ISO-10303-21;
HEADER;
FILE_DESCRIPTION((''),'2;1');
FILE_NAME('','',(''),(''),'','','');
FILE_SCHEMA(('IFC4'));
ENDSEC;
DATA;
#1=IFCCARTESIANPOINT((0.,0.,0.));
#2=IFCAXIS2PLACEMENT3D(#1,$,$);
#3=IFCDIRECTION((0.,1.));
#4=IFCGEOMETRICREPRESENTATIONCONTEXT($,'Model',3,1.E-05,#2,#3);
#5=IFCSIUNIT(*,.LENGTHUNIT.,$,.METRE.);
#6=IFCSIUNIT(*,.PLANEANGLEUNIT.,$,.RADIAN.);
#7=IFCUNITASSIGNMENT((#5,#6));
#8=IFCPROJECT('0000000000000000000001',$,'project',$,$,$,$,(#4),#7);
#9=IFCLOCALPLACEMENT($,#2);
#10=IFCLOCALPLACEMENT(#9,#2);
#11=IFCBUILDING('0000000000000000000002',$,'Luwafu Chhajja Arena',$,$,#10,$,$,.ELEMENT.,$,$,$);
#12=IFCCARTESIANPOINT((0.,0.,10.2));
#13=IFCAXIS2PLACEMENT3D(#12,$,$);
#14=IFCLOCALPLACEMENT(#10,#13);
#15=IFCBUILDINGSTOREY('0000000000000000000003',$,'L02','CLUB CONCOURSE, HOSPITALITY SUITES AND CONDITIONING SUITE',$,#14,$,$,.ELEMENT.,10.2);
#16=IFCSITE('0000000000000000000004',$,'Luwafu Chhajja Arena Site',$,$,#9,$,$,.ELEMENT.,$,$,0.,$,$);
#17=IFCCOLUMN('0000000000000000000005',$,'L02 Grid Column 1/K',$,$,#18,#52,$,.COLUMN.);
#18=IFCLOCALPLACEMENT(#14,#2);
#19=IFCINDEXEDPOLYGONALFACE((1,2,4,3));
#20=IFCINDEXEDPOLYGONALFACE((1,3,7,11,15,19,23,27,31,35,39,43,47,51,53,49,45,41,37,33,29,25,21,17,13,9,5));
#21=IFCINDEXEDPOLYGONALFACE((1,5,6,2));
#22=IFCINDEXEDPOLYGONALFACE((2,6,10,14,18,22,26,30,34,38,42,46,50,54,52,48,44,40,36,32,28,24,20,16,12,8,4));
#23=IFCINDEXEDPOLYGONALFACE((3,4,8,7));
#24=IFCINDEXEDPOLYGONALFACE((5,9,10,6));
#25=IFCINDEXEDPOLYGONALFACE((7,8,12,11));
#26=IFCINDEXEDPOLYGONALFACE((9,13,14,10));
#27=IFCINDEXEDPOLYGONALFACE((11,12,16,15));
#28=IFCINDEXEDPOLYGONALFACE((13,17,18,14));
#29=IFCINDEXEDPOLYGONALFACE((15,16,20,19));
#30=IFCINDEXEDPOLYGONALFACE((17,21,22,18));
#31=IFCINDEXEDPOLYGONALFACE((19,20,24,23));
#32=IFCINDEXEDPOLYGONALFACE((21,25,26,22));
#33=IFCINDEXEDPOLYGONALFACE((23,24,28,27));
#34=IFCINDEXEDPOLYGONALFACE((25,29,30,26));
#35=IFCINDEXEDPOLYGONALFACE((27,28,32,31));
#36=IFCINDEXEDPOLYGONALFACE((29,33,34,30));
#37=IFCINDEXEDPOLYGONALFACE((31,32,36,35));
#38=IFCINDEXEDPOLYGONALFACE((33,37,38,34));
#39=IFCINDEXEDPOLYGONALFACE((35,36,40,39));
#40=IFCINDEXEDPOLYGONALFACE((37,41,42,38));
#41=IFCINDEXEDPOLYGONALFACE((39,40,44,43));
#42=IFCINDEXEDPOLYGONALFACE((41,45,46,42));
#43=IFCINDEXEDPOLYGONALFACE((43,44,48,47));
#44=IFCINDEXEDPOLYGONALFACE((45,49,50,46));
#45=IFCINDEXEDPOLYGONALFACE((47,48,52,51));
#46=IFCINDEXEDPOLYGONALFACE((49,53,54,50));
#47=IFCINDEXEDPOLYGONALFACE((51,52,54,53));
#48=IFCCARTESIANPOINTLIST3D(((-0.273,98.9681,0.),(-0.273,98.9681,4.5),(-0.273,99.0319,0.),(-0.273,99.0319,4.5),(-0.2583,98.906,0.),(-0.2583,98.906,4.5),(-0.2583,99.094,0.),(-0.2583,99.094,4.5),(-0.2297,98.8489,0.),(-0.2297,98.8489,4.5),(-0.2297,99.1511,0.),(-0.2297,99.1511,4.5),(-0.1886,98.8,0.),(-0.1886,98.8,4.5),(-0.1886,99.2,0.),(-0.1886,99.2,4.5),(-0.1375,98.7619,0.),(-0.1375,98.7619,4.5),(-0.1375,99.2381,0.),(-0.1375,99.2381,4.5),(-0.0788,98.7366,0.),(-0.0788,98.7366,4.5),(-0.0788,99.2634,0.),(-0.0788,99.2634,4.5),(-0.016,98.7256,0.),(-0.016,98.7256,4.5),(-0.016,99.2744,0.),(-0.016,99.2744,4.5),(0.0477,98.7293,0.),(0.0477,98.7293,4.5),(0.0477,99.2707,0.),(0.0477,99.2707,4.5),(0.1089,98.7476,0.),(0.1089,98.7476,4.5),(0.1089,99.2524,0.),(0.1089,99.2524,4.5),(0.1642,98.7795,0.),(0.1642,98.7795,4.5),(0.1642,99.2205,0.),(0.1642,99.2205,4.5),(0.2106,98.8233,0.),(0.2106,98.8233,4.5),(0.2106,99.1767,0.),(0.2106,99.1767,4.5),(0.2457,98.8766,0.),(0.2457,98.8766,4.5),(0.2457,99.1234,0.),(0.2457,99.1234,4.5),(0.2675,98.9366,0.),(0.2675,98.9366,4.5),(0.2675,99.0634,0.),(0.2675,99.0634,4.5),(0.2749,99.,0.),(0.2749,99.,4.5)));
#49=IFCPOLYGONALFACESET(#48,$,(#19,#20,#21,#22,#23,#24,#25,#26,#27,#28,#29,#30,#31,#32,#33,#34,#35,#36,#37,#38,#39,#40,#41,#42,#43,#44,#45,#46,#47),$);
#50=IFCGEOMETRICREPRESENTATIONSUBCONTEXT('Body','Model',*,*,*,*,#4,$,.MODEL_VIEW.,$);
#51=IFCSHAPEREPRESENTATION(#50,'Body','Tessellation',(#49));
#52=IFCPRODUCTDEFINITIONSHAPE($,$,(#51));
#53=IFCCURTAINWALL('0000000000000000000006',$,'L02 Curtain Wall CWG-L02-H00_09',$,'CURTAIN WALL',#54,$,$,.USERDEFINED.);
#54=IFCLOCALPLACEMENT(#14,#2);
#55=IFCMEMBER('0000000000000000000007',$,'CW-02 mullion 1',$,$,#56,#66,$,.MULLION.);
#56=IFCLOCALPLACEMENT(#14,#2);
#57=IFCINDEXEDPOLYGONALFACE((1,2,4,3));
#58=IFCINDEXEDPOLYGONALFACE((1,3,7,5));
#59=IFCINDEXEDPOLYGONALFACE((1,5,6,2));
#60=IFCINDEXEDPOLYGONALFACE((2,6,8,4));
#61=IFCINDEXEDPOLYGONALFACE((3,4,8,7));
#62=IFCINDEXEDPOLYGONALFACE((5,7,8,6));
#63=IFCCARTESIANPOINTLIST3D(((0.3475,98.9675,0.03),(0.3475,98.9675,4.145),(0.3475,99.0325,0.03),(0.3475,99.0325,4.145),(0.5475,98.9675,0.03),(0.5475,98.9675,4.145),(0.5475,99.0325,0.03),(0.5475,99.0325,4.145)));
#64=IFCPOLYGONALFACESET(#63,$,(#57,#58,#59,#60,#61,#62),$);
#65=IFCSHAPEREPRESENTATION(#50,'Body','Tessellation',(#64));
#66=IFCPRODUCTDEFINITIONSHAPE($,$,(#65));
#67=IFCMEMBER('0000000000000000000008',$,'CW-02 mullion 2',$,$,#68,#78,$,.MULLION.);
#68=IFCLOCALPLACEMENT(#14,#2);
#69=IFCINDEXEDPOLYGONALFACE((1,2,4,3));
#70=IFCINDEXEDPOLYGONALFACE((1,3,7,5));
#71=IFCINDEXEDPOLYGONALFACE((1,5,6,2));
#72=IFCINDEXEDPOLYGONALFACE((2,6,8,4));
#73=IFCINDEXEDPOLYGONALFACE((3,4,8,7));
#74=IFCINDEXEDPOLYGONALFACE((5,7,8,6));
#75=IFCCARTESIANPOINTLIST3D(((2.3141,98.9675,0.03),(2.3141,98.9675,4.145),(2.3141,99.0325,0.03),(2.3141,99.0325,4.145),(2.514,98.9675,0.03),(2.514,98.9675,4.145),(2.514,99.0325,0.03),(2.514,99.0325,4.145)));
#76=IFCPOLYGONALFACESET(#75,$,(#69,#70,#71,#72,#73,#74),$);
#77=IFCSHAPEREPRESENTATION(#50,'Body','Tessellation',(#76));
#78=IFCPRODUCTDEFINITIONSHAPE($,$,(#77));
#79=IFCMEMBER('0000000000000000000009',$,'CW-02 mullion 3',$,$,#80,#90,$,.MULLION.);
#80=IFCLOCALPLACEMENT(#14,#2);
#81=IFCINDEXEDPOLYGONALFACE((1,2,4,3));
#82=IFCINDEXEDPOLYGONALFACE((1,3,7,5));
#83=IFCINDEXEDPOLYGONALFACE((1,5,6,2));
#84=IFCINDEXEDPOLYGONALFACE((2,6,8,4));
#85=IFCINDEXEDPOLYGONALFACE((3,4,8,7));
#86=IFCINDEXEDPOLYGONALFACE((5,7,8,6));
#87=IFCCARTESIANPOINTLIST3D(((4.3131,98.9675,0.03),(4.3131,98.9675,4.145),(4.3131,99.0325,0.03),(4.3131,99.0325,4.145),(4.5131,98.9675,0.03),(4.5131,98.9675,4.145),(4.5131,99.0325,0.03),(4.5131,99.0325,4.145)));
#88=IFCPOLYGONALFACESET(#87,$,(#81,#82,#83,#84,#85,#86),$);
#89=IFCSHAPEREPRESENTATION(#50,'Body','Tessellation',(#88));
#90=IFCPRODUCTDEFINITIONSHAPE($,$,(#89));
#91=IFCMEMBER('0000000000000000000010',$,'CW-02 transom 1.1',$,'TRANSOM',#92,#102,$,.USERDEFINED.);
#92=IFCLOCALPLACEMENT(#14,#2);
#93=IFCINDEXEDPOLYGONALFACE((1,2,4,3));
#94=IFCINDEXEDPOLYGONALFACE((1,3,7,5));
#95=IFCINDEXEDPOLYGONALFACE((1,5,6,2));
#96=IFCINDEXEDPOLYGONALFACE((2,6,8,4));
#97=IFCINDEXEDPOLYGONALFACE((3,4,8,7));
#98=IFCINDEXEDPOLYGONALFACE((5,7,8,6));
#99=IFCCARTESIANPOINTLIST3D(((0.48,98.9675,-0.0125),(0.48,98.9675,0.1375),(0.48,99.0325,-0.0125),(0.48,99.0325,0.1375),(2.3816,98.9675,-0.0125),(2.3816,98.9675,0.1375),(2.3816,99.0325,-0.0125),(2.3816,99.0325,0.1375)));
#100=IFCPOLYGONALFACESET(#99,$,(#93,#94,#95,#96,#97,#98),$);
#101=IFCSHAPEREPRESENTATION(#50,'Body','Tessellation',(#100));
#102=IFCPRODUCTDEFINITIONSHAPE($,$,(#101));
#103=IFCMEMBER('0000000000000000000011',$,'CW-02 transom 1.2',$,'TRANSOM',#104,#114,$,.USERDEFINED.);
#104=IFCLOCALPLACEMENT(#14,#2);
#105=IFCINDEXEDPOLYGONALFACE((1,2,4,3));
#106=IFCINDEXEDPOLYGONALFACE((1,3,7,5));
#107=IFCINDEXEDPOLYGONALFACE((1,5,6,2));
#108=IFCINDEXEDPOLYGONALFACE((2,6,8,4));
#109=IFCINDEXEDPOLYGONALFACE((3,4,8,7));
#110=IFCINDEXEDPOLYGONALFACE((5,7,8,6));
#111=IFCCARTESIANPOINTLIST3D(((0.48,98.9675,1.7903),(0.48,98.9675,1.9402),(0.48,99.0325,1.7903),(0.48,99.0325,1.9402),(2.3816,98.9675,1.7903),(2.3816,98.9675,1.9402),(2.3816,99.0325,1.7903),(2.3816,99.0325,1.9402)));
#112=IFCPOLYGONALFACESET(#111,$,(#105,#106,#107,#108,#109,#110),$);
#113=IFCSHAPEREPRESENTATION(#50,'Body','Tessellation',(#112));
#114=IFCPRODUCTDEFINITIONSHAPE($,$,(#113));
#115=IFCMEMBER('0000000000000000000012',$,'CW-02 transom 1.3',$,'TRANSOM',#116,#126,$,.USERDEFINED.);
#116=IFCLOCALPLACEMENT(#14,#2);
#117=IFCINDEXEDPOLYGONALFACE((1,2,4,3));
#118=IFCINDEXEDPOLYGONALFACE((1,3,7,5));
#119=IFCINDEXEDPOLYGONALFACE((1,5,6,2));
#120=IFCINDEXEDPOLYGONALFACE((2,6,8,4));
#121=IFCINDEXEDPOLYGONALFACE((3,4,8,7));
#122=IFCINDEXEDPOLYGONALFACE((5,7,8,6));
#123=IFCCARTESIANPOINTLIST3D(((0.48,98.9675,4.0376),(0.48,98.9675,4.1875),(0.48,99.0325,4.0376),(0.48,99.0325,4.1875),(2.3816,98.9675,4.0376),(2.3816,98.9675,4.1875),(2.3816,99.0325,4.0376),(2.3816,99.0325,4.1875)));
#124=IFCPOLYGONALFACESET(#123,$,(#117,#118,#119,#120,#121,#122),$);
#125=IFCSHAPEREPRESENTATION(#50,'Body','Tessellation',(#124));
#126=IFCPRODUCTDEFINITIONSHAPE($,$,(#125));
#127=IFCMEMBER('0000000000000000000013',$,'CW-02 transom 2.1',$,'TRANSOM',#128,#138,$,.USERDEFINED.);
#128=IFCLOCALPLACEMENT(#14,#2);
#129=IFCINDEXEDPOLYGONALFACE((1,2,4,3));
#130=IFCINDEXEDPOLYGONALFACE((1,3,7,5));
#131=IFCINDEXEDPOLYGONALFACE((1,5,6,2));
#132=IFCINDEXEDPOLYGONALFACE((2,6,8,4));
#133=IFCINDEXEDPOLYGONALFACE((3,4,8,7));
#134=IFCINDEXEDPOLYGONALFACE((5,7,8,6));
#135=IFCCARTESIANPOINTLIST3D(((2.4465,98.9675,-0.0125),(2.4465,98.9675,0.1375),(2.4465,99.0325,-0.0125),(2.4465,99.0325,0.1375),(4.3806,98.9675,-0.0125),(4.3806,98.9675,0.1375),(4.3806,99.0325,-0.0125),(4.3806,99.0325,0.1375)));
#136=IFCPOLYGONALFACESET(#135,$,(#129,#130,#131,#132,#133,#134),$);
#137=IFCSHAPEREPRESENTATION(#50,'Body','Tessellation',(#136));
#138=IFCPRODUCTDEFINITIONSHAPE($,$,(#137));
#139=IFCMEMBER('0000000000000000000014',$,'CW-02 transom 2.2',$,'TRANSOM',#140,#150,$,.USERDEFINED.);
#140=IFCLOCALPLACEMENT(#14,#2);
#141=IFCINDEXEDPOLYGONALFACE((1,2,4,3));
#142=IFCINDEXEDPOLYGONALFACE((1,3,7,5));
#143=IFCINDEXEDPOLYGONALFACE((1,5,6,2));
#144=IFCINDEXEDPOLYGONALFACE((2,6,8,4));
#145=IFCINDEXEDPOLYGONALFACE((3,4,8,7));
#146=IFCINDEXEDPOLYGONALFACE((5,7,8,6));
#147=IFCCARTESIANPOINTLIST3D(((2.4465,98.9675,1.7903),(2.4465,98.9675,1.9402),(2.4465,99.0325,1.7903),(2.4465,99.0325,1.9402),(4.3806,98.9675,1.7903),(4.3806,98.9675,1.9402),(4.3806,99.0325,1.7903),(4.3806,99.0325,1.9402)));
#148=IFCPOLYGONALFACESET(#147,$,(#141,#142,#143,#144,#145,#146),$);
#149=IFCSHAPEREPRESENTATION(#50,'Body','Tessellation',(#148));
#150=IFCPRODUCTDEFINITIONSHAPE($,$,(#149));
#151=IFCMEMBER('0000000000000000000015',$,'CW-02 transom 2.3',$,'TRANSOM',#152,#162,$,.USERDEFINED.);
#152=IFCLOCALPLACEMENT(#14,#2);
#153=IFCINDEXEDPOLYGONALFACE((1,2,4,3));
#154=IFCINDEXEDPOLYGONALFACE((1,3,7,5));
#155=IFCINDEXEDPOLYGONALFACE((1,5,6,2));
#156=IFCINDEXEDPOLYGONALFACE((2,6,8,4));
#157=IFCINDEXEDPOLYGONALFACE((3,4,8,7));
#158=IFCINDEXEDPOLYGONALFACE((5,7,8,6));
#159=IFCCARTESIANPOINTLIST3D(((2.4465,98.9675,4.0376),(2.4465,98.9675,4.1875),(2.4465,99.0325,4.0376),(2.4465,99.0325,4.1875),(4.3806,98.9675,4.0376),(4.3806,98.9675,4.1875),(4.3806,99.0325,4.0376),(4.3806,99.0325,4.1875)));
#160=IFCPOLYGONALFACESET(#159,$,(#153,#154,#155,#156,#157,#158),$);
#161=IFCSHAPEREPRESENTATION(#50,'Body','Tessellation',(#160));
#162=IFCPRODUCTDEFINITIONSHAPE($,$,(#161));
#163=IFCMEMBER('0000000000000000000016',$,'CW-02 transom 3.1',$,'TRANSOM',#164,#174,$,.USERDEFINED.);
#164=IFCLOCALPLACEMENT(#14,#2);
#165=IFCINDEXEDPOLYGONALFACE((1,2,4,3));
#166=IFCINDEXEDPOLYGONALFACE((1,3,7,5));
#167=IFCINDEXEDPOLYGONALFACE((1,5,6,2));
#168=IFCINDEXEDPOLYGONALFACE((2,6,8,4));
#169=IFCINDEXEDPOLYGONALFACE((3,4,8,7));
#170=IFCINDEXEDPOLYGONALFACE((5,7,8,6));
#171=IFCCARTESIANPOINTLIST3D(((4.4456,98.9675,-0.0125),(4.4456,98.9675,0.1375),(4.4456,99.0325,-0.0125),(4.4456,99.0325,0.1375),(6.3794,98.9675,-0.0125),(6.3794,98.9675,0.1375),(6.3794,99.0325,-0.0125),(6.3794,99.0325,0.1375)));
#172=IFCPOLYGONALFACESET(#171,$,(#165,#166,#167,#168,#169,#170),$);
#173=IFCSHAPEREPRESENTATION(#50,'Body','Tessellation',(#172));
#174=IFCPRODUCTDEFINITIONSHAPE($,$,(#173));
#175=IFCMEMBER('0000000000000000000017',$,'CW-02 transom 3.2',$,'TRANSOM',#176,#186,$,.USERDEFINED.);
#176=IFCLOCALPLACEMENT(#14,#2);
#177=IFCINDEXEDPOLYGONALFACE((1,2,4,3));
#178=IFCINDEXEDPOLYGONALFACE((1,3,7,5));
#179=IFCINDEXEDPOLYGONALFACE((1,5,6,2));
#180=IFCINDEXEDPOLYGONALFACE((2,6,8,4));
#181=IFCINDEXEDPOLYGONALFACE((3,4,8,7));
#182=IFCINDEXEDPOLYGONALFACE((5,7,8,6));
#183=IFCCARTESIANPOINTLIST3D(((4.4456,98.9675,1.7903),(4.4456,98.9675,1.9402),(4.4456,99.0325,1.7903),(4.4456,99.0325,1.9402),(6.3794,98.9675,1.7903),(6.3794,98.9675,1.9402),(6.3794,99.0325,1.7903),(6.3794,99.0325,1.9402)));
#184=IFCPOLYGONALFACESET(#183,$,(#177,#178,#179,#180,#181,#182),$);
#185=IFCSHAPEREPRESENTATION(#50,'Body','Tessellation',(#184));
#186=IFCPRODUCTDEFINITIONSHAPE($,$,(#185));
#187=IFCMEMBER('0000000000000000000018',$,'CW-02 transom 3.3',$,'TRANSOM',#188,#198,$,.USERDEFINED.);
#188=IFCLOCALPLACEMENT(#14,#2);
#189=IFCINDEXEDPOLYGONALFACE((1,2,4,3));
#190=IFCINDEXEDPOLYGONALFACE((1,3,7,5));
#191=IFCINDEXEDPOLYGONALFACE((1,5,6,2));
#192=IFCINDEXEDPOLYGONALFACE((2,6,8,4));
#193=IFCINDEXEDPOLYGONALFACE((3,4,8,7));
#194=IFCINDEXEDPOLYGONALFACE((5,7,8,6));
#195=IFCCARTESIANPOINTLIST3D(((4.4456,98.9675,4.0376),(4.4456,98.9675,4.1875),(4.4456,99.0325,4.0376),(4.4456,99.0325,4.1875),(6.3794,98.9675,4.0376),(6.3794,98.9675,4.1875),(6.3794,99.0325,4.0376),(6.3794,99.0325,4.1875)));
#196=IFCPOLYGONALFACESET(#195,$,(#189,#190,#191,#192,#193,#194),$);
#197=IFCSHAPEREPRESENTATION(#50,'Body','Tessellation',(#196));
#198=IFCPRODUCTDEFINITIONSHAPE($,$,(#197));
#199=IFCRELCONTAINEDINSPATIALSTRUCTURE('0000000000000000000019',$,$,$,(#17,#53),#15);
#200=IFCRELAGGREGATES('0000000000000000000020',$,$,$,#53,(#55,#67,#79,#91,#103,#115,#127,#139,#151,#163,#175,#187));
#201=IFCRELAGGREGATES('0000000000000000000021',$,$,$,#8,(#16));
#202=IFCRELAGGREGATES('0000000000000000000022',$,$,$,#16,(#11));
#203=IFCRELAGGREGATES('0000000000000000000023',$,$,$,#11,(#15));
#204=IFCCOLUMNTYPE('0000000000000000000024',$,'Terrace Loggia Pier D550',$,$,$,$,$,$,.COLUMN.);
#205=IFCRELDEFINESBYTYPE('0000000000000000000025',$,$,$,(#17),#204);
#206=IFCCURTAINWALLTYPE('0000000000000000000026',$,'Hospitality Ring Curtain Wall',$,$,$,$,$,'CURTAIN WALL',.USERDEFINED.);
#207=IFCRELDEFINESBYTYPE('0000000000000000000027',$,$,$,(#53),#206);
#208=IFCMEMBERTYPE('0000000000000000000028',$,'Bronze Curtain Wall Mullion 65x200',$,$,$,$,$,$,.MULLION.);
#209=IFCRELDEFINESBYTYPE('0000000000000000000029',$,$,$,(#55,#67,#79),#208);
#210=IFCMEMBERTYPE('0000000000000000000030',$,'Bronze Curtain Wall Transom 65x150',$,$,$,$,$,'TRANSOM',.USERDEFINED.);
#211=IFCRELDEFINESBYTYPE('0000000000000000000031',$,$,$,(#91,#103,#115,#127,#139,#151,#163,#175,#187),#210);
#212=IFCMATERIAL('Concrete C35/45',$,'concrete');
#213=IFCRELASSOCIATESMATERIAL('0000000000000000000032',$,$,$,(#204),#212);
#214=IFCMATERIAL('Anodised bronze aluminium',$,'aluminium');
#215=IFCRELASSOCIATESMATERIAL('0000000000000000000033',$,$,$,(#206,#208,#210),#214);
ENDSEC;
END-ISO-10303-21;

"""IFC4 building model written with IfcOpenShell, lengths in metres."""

from ifc_helpers import new_model, si_unit, direction, frame, origin, origin_2d, place, context, subcontext, project, spatial, rectangle, circle, extrude, material, material_profile, profile_set, type_object, element, aggregate, save


model = new_model("IFC4")

# Units and contexts
model_context = context("Model", 3, precision=1e-05, world=origin(), true_north=direction((0.0, 1.0)))
body_context = subcontext(model_context, "Body", "Model", "MODEL_VIEW")
ifc_project = project(units=[si_unit("LENGTHUNIT", "METRE"), si_unit("PLANEANGLEUNIT", "RADIAN")], contexts=[model_context])

# Site, building, storey
site_placement = place(None, origin())
site = spatial("IfcSite", under=ifc_project, at=site_placement, Name="Luwafu Chhajja Arena Site", CompositionType="ELEMENT", RefElevation=0.0)
building_placement = place(site_placement, origin())
building = spatial("IfcBuilding", under=site, at=building_placement, Name="Luwafu Chhajja Arena", CompositionType="ELEMENT")
storey_placement = place(building_placement, frame((0.0, 0.0, 10.2)))
storey = spatial("IfcBuildingStorey", under=building, at=storey_placement, Name="L02", Description="CLUB CONCOURSE, HOSPITALITY SUITES AND CONDITIONING SUITE", CompositionType="ELEMENT", Elevation=10.2)

# Column
ifc_material_1 = material(Name="Concrete C35/45", Category="concrete")
ifc_material_profile_1 = material_profile(ifc_material_1, circle(Radius=0.2749, at=origin_2d()), Name="RC COL D550")
ifc_profile_set_1 = profile_set([ifc_material_profile_1], Name="Concrete C35/45")
column_type = type_object("IfcColumnType", Name="Terrace Loggia Pier D550", PredefinedType="COLUMN", material=ifc_profile_set_1)
column_placement = place(storey_placement, frame((0.0, 99.0, 0.0), z_axis=(0.0, 0.0, 1.0), x_axis=(1.0, 0.0, 0.0)))
element("IfcColumn", 1, at=column_placement, inside=storey, type_object=column_type, Name="L02 Grid Column 1/K", PredefinedType="COLUMN", context=body_context, shape_type="SweptSolid", body=[
    extrude(circle(Radius=0.2749, at=origin_2d()), origin(), (0.0, 0.0, 1.0), 4.5),
])

# Curtain wall, members
ifc_material_2 = material(Name="Anodised bronze aluminium", Category="aluminium")
curtain_wall_type = type_object("IfcCurtainWallType", Name="Hospitality Ring Curtain Wall", ElementType="CURTAIN WALL", PredefinedType="USERDEFINED", material=ifc_material_2)
curtain_wall_placement = place(storey_placement, origin())
curtain_wall = element("IfcCurtainWall", 2, at=curtain_wall_placement, inside=storey, type_object=curtain_wall_type, Name="L02 Curtain Wall CWG-L02-H00_09", ObjectType="CURTAIN WALL", PredefinedType="USERDEFINED")
ifc_material_profile_2 = material_profile(ifc_material_2, rectangle(XDim=0.0649, YDim=0.2, at=origin_2d()), Name="CWM 65x200")
ifc_profile_set_2 = profile_set([ifc_material_profile_2], Name="Anodised bronze aluminium")
member_type_1 = type_object("IfcMemberType", Name="Bronze Curtain Wall Mullion 65x200", PredefinedType="MULLION", material=ifc_profile_set_2)
member_1_placement = place(storey_placement, frame((0.4475, 99.0, 0.03), z_axis=(0.0, 0.0, 1.0), x_axis=(0.0, 1.0, 0.0)))
member_1 = element("IfcMember", 3, at=member_1_placement, type_object=member_type_1, Name="CW-02 mullion 1", PredefinedType="MULLION", context=body_context, shape_type="SweptSolid", body=[
    extrude(rectangle(XDim=0.0649, YDim=0.2, at=origin_2d()), origin(), (0.0, 0.0, 1.0), 4.115),
])
member_2_placement = place(storey_placement, frame((2.4141, 99.0, 0.03), z_axis=(0.0, 0.0, 1.0), x_axis=(0.0, 1.0, 0.0)))
member_2 = element("IfcMember", 4, at=member_2_placement, type_object=member_type_1, Name="CW-02 mullion 2", PredefinedType="MULLION", context=body_context, shape_type="SweptSolid", body=[
    extrude(rectangle(XDim=0.0649, YDim=0.2, at=origin_2d()), origin(), (0.0, 0.0, 1.0), 4.115),
])
member_3_placement = place(storey_placement, frame((4.4131, 99.0, 0.03), z_axis=(0.0, 0.0, 1.0), x_axis=(0.0, 1.0, 0.0)))
member_3 = element("IfcMember", 5, at=member_3_placement, type_object=member_type_1, Name="CW-02 mullion 3", PredefinedType="MULLION", context=body_context, shape_type="SweptSolid", body=[
    extrude(rectangle(XDim=0.0649, YDim=0.2, at=origin_2d()), origin(), (0.0, 0.0, 1.0), 4.115),
])
ifc_material_profile_3 = material_profile(ifc_material_2, rectangle(XDim=0.0649, YDim=0.1499, at=origin_2d()), Name="CWT 65x150")
ifc_profile_set_3 = profile_set([ifc_material_profile_3], Name="Anodised bronze aluminium")
member_type_2 = type_object("IfcMemberType", Name="Bronze Curtain Wall Transom 65x150", ElementType="TRANSOM", PredefinedType="USERDEFINED", material=ifc_profile_set_3)
member_4_placement = place(storey_placement, frame((0.48, 99.0, 0.0625), z_axis=(1.0, 0.0, 0.0), x_axis=(0.0, 1.0, 0.0)))
member_4 = element("IfcMember", 6, at=member_4_placement, type_object=member_type_2, Name="CW-02 transom 1.1", ObjectType="TRANSOM", PredefinedType="USERDEFINED", context=body_context, shape_type="SweptSolid", body=[
    extrude(rectangle(XDim=0.0649, YDim=0.1499, at=origin_2d()), origin(), (0.0, 0.0, 1.0), 1.9016),
])
member_5_placement = place(storey_placement, frame((0.48, 99.0, 1.8652), z_axis=(1.0, 0.0, 0.0), x_axis=(0.0, 1.0, 0.0)))
member_5 = element("IfcMember", 7, at=member_5_placement, type_object=member_type_2, Name="CW-02 transom 1.2", ObjectType="TRANSOM", PredefinedType="USERDEFINED", context=body_context, shape_type="SweptSolid", body=[
    extrude(rectangle(XDim=0.0649, YDim=0.1499, at=origin_2d()), origin(), (0.0, 0.0, 1.0), 1.9016),
])
member_6_placement = place(storey_placement, frame((0.48, 99.0, 4.1125), z_axis=(1.0, 0.0, 0.0), x_axis=(0.0, 1.0, 0.0)))
member_6 = element("IfcMember", 8, at=member_6_placement, type_object=member_type_2, Name="CW-02 transom 1.3", ObjectType="TRANSOM", PredefinedType="USERDEFINED", context=body_context, shape_type="SweptSolid", body=[
    extrude(rectangle(XDim=0.0649, YDim=0.1499, at=origin_2d()), origin(), (0.0, 0.0, 1.0), 1.9016),
])
member_7_placement = place(storey_placement, frame((2.4465, 99.0, 0.0625), z_axis=(1.0, 0.0, 0.0), x_axis=(0.0, 1.0, 0.0)))
member_7 = element("IfcMember", 9, at=member_7_placement, type_object=member_type_2, Name="CW-02 transom 2.1", ObjectType="TRANSOM", PredefinedType="USERDEFINED", context=body_context, shape_type="SweptSolid", body=[
    extrude(rectangle(XDim=0.0649, YDim=0.1499, at=origin_2d()), origin(), (0.0, 0.0, 1.0), 1.9341),
])
member_8_placement = place(storey_placement, frame((2.4465, 99.0, 1.8652), z_axis=(1.0, 0.0, 0.0), x_axis=(0.0, 1.0, 0.0)))
member_8 = element("IfcMember", 10, at=member_8_placement, type_object=member_type_2, Name="CW-02 transom 2.2", ObjectType="TRANSOM", PredefinedType="USERDEFINED", context=body_context, shape_type="SweptSolid", body=[
    extrude(rectangle(XDim=0.0649, YDim=0.1499, at=origin_2d()), origin(), (0.0, 0.0, 1.0), 1.9341),
])
member_9_placement = place(storey_placement, frame((2.4465, 99.0, 4.1125), z_axis=(1.0, 0.0, 0.0), x_axis=(0.0, 1.0, 0.0)))
member_9 = element("IfcMember", 11, at=member_9_placement, type_object=member_type_2, Name="CW-02 transom 2.3", ObjectType="TRANSOM", PredefinedType="USERDEFINED", context=body_context, shape_type="SweptSolid", body=[
    extrude(rectangle(XDim=0.0649, YDim=0.1499, at=origin_2d()), origin(), (0.0, 0.0, 1.0), 1.9341),
])
member_10_placement = place(storey_placement, frame((4.4456, 99.0, 0.0625), z_axis=(1.0, 0.0, 0.0), x_axis=(0.0, 1.0, 0.0)))
member_10 = element("IfcMember", 12, at=member_10_placement, type_object=member_type_2, Name="CW-02 transom 3.1", ObjectType="TRANSOM", PredefinedType="USERDEFINED", context=body_context, shape_type="SweptSolid", body=[
    extrude(rectangle(XDim=0.0649, YDim=0.1499, at=origin_2d()), origin(), (0.0, 0.0, 1.0), 1.9338),
])
member_11_placement = place(storey_placement, frame((4.4456, 99.0, 1.8652), z_axis=(1.0, 0.0, 0.0), x_axis=(0.0, 1.0, 0.0)))
member_11 = element("IfcMember", 13, at=member_11_placement, type_object=member_type_2, Name="CW-02 transom 3.2", ObjectType="TRANSOM", PredefinedType="USERDEFINED", context=body_context, shape_type="SweptSolid", body=[
    extrude(rectangle(XDim=0.0649, YDim=0.1499, at=origin_2d()), origin(), (0.0, 0.0, 1.0), 1.9338),
])
member_12_placement = place(storey_placement, frame((4.4456, 99.0, 4.1125), z_axis=(1.0, 0.0, 0.0), x_axis=(0.0, 1.0, 0.0)))
member_12 = element("IfcMember", 14, at=member_12_placement, type_object=member_type_2, Name="CW-02 transom 3.3", ObjectType="TRANSOM", PredefinedType="USERDEFINED", context=body_context, shape_type="SweptSolid", body=[
    extrude(rectangle(XDim=0.0649, YDim=0.1499, at=origin_2d()), origin(), (0.0, 0.0, 1.0), 1.9338),
])

aggregate(curtain_wall, [member_1, member_2, member_3, member_4, member_5, member_6, member_7, member_8, member_9, member_10, member_11, member_12])

save(model, "model.ifc")
